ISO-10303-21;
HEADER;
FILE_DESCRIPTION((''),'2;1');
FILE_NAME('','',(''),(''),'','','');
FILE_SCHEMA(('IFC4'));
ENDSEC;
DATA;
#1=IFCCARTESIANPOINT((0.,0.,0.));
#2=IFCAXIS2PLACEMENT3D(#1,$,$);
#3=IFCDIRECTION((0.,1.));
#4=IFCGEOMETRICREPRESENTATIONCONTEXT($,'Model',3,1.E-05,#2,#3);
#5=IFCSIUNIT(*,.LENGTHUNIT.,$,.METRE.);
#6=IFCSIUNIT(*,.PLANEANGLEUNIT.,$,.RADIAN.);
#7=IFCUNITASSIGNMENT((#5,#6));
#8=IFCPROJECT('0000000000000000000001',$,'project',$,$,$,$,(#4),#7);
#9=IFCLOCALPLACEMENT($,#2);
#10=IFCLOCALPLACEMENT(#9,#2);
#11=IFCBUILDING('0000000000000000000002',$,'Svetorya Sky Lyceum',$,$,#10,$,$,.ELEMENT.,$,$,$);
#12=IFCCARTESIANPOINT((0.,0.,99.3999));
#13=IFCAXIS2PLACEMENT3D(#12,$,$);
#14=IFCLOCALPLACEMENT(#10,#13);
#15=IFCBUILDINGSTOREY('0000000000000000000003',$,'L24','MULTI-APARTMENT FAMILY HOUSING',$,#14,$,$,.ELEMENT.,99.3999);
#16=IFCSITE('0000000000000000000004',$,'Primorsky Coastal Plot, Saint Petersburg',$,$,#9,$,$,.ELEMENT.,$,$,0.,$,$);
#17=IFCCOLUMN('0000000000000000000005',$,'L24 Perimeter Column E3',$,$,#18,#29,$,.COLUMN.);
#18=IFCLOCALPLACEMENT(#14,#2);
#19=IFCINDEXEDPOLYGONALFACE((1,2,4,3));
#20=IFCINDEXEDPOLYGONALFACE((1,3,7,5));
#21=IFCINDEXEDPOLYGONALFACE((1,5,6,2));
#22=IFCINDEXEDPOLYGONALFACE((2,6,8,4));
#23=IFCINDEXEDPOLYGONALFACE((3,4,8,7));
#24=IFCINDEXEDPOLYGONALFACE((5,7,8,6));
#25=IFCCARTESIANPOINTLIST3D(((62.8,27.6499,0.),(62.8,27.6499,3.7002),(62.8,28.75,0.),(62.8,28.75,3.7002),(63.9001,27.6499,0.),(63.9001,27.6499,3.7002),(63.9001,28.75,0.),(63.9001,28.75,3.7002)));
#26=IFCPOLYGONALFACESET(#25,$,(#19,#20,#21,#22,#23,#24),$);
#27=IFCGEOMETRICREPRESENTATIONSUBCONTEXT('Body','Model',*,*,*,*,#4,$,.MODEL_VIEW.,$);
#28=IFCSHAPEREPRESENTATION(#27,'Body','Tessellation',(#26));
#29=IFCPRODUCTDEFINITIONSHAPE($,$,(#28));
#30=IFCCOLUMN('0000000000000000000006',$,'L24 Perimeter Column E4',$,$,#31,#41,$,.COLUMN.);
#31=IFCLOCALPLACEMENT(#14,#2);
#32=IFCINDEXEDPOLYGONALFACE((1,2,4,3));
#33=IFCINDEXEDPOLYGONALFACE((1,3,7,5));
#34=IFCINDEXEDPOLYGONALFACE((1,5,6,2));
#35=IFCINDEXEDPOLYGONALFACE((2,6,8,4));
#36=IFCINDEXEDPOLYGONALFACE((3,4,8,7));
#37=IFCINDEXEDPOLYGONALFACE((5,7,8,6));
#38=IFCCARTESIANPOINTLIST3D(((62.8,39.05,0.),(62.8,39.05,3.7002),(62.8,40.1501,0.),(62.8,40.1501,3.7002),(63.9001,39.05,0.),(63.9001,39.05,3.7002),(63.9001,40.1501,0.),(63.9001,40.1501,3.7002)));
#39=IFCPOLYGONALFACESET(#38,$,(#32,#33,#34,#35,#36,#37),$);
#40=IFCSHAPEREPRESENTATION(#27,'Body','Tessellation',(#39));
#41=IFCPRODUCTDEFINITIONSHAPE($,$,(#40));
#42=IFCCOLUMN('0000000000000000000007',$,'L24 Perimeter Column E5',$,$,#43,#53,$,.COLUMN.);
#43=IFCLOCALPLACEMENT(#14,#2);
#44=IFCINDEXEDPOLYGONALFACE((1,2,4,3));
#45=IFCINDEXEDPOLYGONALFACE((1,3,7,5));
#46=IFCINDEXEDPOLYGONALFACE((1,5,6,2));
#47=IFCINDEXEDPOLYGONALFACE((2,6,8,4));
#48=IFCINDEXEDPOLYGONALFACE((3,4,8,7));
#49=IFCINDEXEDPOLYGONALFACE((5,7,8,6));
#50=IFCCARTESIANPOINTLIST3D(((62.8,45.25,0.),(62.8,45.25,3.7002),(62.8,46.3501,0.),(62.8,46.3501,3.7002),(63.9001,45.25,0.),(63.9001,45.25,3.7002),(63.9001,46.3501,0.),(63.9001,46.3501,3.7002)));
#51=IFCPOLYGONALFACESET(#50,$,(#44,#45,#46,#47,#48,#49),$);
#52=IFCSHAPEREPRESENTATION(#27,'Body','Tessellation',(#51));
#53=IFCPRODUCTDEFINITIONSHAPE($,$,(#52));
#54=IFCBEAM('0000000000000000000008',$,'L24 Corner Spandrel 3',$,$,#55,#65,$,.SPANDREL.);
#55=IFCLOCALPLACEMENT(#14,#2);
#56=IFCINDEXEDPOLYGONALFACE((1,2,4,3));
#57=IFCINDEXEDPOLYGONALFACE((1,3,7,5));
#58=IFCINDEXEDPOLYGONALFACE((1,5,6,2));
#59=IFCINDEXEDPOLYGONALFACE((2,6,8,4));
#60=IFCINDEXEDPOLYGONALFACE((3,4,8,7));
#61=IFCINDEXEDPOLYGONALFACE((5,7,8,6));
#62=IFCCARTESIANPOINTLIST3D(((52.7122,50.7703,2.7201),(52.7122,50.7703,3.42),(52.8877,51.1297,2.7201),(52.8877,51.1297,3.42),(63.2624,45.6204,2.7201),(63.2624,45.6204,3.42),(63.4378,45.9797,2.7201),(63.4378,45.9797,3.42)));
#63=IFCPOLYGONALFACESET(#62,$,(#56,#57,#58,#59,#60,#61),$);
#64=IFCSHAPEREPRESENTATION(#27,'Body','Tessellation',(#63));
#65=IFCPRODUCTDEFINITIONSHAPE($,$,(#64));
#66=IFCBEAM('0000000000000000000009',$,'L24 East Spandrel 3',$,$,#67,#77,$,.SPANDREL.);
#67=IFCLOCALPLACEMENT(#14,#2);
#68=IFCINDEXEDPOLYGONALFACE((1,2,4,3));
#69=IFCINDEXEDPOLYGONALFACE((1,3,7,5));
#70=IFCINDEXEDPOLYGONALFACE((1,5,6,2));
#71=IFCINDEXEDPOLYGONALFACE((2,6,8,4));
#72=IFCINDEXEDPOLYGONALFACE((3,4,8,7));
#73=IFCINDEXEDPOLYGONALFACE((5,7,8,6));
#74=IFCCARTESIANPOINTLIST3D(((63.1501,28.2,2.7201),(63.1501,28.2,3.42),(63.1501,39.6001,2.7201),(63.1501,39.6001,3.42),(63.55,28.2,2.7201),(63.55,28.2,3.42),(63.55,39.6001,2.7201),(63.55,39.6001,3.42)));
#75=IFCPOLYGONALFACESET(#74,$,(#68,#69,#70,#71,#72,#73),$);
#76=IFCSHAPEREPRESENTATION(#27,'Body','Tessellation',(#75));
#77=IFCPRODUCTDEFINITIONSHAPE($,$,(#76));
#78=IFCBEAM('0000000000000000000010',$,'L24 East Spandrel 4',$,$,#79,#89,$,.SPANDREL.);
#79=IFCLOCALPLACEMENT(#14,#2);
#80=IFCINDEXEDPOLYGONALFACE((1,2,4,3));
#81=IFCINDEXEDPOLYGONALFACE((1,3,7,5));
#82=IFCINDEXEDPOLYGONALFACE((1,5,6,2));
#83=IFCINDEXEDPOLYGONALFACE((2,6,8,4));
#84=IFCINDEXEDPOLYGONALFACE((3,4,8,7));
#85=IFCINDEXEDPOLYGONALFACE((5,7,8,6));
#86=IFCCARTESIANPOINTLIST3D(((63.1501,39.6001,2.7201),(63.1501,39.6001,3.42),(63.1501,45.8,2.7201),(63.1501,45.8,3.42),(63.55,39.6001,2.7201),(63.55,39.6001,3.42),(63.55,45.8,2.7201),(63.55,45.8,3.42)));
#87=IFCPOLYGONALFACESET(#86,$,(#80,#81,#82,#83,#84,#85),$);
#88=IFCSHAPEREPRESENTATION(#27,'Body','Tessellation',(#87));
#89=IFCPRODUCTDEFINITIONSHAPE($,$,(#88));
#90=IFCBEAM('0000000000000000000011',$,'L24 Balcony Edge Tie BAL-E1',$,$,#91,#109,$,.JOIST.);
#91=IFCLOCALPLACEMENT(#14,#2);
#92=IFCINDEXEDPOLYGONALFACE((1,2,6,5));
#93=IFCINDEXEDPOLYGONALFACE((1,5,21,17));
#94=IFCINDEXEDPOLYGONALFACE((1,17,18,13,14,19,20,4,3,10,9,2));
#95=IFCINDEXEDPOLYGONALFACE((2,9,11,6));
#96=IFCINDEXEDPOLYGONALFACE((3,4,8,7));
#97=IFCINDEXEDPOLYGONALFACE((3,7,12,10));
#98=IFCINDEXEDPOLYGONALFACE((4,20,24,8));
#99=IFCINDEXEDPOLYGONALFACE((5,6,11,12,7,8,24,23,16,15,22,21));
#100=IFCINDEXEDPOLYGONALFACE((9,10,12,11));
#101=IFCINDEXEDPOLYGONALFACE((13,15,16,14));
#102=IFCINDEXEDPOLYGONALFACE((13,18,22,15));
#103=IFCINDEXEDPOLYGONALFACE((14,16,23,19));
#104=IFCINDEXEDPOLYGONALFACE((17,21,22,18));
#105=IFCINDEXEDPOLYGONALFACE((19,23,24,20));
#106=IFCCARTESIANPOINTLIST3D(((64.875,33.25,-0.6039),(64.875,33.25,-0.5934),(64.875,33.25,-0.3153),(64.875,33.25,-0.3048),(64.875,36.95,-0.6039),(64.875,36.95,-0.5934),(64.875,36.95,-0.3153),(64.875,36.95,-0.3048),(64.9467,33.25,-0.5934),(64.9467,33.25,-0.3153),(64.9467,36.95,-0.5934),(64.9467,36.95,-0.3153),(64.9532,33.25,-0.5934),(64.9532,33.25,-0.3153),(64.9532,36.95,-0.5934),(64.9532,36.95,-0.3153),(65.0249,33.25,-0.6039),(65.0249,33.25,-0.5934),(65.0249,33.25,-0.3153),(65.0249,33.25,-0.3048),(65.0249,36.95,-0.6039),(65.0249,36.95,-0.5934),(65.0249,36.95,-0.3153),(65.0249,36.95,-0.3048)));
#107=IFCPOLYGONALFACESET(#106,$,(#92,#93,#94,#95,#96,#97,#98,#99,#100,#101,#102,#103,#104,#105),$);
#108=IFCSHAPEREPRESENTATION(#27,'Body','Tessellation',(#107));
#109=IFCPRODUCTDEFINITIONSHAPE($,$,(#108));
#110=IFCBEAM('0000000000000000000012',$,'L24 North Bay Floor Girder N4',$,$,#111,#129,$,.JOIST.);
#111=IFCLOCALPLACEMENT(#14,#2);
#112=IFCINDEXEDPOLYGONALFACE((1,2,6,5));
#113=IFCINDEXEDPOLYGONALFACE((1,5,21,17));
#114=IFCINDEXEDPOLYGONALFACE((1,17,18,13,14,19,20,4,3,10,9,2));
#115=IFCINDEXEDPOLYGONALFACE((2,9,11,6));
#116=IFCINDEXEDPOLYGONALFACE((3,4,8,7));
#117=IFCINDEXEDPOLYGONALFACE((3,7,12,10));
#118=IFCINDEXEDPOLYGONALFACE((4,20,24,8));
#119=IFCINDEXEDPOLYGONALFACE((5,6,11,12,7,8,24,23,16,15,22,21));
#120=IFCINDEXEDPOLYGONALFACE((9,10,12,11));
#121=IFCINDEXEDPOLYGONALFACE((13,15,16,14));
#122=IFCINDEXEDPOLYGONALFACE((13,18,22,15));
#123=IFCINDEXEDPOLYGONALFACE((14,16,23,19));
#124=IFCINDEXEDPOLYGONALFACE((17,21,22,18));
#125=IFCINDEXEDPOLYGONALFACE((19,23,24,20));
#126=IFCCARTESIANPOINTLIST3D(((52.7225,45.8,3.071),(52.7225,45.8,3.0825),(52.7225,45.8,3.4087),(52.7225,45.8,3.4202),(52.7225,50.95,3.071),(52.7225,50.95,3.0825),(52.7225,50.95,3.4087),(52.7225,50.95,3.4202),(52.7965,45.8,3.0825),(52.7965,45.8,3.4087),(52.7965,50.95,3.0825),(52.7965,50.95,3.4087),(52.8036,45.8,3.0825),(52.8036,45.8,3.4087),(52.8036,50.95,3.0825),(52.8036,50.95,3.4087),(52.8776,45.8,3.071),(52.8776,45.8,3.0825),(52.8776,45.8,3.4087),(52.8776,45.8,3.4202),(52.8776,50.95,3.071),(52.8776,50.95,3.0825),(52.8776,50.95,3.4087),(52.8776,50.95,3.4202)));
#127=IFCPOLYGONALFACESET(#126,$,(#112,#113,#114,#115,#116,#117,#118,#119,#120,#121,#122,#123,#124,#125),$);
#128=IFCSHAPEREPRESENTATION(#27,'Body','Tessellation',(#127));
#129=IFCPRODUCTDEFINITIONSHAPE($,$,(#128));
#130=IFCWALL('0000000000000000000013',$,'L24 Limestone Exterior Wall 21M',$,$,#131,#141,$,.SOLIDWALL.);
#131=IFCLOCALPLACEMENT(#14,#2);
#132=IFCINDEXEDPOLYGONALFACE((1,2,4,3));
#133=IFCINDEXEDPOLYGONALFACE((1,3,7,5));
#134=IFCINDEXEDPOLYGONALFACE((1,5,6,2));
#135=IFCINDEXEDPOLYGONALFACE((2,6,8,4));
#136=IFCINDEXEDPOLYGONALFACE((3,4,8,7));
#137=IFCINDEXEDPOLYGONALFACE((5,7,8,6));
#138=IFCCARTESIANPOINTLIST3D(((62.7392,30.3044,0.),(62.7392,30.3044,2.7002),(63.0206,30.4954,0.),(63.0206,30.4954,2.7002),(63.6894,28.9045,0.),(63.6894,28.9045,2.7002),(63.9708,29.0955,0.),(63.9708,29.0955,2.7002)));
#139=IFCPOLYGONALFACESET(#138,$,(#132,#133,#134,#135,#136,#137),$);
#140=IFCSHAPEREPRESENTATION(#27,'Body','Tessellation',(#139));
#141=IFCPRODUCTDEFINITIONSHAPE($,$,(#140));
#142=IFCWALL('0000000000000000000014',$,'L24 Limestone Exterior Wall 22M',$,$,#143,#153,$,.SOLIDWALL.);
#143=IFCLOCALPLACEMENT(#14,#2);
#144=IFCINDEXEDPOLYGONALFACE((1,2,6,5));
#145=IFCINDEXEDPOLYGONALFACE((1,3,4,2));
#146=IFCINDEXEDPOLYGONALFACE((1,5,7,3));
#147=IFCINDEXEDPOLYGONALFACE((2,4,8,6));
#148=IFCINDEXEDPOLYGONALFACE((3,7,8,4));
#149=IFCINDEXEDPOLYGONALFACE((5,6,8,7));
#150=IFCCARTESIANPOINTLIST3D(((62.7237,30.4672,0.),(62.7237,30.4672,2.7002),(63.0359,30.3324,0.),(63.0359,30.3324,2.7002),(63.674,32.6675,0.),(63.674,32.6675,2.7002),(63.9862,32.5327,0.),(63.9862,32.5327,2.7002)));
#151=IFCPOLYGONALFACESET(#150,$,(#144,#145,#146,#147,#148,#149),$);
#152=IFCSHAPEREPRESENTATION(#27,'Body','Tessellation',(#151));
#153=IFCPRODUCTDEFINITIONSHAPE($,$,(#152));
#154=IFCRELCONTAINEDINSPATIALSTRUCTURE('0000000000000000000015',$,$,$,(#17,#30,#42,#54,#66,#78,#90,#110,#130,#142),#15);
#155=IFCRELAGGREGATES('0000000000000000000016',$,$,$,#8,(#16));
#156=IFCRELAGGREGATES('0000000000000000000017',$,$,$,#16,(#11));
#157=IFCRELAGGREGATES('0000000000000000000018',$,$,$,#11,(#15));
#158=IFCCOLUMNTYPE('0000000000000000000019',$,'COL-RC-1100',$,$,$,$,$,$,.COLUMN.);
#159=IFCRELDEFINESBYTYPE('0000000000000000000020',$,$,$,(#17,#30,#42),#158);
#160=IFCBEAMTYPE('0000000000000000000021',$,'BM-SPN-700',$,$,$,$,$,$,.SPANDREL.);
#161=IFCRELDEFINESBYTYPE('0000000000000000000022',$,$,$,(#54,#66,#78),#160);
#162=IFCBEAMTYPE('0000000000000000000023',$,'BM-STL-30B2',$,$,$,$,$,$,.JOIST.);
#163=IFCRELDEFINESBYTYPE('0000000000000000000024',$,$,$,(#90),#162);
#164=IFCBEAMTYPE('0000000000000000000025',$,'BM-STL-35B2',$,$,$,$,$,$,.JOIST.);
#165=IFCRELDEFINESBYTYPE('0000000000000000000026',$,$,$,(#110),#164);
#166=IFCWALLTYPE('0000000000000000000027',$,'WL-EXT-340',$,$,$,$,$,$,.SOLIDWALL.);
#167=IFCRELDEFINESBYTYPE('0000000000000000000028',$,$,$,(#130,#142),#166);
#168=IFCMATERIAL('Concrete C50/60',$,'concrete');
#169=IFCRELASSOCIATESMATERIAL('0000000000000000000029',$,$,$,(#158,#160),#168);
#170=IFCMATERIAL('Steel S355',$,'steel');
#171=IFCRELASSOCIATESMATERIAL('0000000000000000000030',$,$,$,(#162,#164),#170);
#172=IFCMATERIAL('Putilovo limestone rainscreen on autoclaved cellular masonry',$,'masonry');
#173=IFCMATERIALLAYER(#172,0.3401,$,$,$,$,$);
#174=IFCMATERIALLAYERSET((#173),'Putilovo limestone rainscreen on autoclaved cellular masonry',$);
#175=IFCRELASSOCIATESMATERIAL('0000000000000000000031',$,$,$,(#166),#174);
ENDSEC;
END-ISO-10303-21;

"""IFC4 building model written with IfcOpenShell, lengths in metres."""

from ifc_helpers import new_model, si_unit, direction, frame, frame_2d, origin, origin_2d, place, context, subcontext, project, spatial, rectangle, i_section, extrude, material, layer, layer_set, material_profile, profile_set, type_object, element, save


model = new_model("IFC4")

# Units and contexts
model_context = context("Model", 3, precision=1e-05, world=origin(), true_north=direction((0.0, 1.0)))
body_context = subcontext(model_context, "Body", "Model", "MODEL_VIEW")
ifc_project = project(units=[si_unit("LENGTHUNIT", "METRE"), si_unit("PLANEANGLEUNIT", "RADIAN")], contexts=[model_context])

# Site, building, storey
site_placement = place(None, origin())
site = spatial("IfcSite", under=ifc_project, at=site_placement, Name="Primorsky Coastal Plot, Saint Petersburg", CompositionType="ELEMENT", RefElevation=0.0)
building_placement = place(site_placement, origin())
building = spatial("IfcBuilding", under=site, at=building_placement, Name="Svetorya Sky Lyceum", CompositionType="ELEMENT")
storey_placement = place(building_placement, frame((0.0, 0.0, 99.3999)))
storey = spatial("IfcBuildingStorey", under=building, at=storey_placement, Name="L24", Description="MULTI-APARTMENT FAMILY HOUSING", CompositionType="ELEMENT", Elevation=99.3999)

# Columns
ifc_material_1 = material(Name="Concrete C50/60", Category="concrete")
ifc_material_profile_1 = material_profile(ifc_material_1, rectangle(XDim=1.1001, YDim=1.1001, at=origin_2d()), Name="RC COL 1100x1100")
ifc_profile_set_1 = profile_set([ifc_material_profile_1], Name="Concrete C50/60")
column_type = type_object("IfcColumnType", Name="COL-RC-1100", PredefinedType="COLUMN", material=ifc_profile_set_1)
for number, where, z_axis, x_axis, name in (
    (1, (63.3501, 28.2, 0.0), (0.0, 0.0, 1.0), (1.0, 0.0, 0.0), "L24 Perimeter Column E3"),
    (2, (63.3501, 39.6001, 0.0), (0.0, 0.0, 1.0), (1.0, 0.0, 0.0), "L24 Perimeter Column E4"),
    (3, (63.3501, 45.8, 0.0), (0.0, 0.0, 1.0), (1.0, 0.0, 0.0), "L24 Perimeter Column E5"),
):
    element("IfcColumn", number, at=place(storey_placement, frame(where, z_axis=z_axis, x_axis=x_axis)), inside=storey, type_object=column_type, Name=name, PredefinedType="COLUMN", context=body_context, shape_type="SweptSolid", body=[
        extrude(rectangle(XDim=1.1001, YDim=1.1001, at=origin_2d()), origin(), (0.0, 0.0, 1.0), 3.7002),
    ])

# Beams
ifc_material_profile_2 = material_profile(ifc_material_1, rectangle(XDim=0.3999, YDim=0.7, at=origin_2d()), Name="RC SPANDREL 400x700")
ifc_profile_set_2 = profile_set([ifc_material_profile_2], Name="Concrete C50/60")
beam_type_1 = type_object("IfcBeamType", Name="BM-SPN-700", PredefinedType="SPANDREL", material=ifc_profile_set_2)
beam_1_placement = place(storey_placement, frame((63.3501, 45.8, 3.0701), z_axis=(-0.89865, 0.438667, 0.0), x_axis=(-0.438667, -0.89865, 0.0)))
element("IfcBeam", 4, at=beam_1_placement, inside=storey, type_object=beam_type_1, Name="L24 Corner Spandrel 3", PredefinedType="SPANDREL", context=body_context, shape_type="SweptSolid", body=[
    extrude(rectangle(XDim=0.3999, YDim=0.7, at=origin_2d()), origin(), (0.0, 0.0, 1.0), 11.74),
])
beam_2_placement = place(storey_placement, frame((63.3501, 28.2, 3.0701), z_axis=(0.0, 1.0, 0.0), x_axis=(-1.0, 0.0, 0.0)))
element("IfcBeam", 5, at=beam_2_placement, inside=storey, type_object=beam_type_1, Name="L24 East Spandrel 3", PredefinedType="SPANDREL", context=body_context, shape_type="SweptSolid", body=[
    extrude(rectangle(XDim=0.3999, YDim=0.7, at=origin_2d()), origin(), (0.0, 0.0, 1.0), 11.4001),
])
beam_3_placement = place(storey_placement, frame((63.3501, 39.6001, 3.0701), z_axis=(0.0, 1.0, 0.0), x_axis=(-1.0, 0.0, 0.0)))
element("IfcBeam", 6, at=beam_3_placement, inside=storey, type_object=beam_type_1, Name="L24 East Spandrel 4", PredefinedType="SPANDREL", context=body_context, shape_type="SweptSolid", body=[
    extrude(rectangle(XDim=0.3999, YDim=0.7, at=origin_2d()), origin(), (0.0, 0.0, 1.0), 6.2),
])
ifc_material_2 = material(Name="Steel S355", Category="steel")
ifc_material_profile_3 = material_profile(ifc_material_2, i_section(OverallWidth=0.1499, OverallDepth=0.2991, WebThickness=0.0066, FlangeThickness=0.0105, at=origin_2d()), Name="GOST 30B2")
ifc_profile_set_3 = profile_set([ifc_material_profile_3], Name="Steel S355")
beam_type_2 = type_object("IfcBeamType", Name="BM-STL-30B2", PredefinedType="JOIST", material=ifc_profile_set_3)
beam_4_placement = place(storey_placement, frame((64.95, 33.25, -0.4543), z_axis=(0.0, 1.0, 0.0), x_axis=(-1.0, 0.0, 0.0)))
element("IfcBeam", 7, at=beam_4_placement, inside=storey, type_object=beam_type_2, Name="L24 Balcony Edge Tie BAL-E1", PredefinedType="JOIST", context=body_context, shape_type="SweptSolid", body=[
    extrude(i_section(OverallWidth=0.1499, OverallDepth=0.2991, WebThickness=0.0066, FlangeThickness=0.0105, at=origin_2d()), origin(), (0.0, 0.0, 1.0), 3.7),
])
ifc_material_profile_4 = material_profile(ifc_material_2, i_section(OverallWidth=0.155, OverallDepth=0.3491, WebThickness=0.0071, FlangeThickness=0.0115, at=origin_2d()), Name="GOST 35B2")
ifc_profile_set_4 = profile_set([ifc_material_profile_4], Name="Steel S355")
beam_type_3 = type_object("IfcBeamType", Name="BM-STL-35B2", PredefinedType="JOIST", material=ifc_profile_set_4)
beam_5_placement = place(storey_placement, frame((52.8, 45.8, 3.2456), z_axis=(0.0, 1.0, 0.0), x_axis=(-1.0, 0.0, 0.0)))
element("IfcBeam", 8, at=beam_5_placement, inside=storey, type_object=beam_type_3, Name="L24 North Bay Floor Girder N4", PredefinedType="JOIST", context=body_context, shape_type="SweptSolid", body=[
    extrude(i_section(OverallWidth=0.155, OverallDepth=0.3491, WebThickness=0.0071, FlangeThickness=0.0115, at=origin_2d()), origin(), (0.0, 0.0, 1.0), 5.1499),
])

# Walls
ifc_material_3 = material(Name="Putilovo limestone rainscreen on autoclaved cellular masonry", Category="masonry")
ifc_layer_1 = layer(ifc_material_3, 0.3401)
ifc_layer_set_1 = layer_set([ifc_layer_1], Name="Putilovo limestone rainscreen on autoclaved cellular masonry")
wall_type_1 = type_object("IfcWallType", Name="WL-EXT-340", PredefinedType="SOLIDWALL", material=ifc_layer_set_1)
wall_1_placement = place(storey_placement, frame((63.8301, 29.0, 0.0), z_axis=(0.0, 0.0, 1.0), x_axis=(-0.561607, 0.827404, 0.0)))
element("IfcWall", 9, at=wall_1_placement, inside=storey, type_object=wall_type_1, Name="L24 Limestone Exterior Wall 21M", PredefinedType="SOLIDWALL", context=body_context, shape_type="SweptSolid", body=[
    extrude(rectangle(XDim=1.6919, YDim=0.3401, at=frame_2d((0.8459, 0.0))), origin(), (0.0, 0.0, 1.0), 2.7002),
])
wall_2_placement = place(storey_placement, frame((62.8799, 30.3999, 0.0), z_axis=(0.0, 0.0, 1.0), x_axis=(0.396475, 0.918046, 0.0)))
element("IfcWall", 10, at=wall_2_placement, inside=storey, type_object=wall_type_1, Name="L24 Limestone Exterior Wall 22M", PredefinedType="SOLIDWALL", context=body_context, shape_type="SweptSolid", body=[
    extrude(rectangle(XDim=2.3967, YDim=0.3401, at=frame_2d((1.1982, 0.0))), origin(), (0.0, 0.0, 1.0), 2.7002),
])

save(model, "model.ifc")
